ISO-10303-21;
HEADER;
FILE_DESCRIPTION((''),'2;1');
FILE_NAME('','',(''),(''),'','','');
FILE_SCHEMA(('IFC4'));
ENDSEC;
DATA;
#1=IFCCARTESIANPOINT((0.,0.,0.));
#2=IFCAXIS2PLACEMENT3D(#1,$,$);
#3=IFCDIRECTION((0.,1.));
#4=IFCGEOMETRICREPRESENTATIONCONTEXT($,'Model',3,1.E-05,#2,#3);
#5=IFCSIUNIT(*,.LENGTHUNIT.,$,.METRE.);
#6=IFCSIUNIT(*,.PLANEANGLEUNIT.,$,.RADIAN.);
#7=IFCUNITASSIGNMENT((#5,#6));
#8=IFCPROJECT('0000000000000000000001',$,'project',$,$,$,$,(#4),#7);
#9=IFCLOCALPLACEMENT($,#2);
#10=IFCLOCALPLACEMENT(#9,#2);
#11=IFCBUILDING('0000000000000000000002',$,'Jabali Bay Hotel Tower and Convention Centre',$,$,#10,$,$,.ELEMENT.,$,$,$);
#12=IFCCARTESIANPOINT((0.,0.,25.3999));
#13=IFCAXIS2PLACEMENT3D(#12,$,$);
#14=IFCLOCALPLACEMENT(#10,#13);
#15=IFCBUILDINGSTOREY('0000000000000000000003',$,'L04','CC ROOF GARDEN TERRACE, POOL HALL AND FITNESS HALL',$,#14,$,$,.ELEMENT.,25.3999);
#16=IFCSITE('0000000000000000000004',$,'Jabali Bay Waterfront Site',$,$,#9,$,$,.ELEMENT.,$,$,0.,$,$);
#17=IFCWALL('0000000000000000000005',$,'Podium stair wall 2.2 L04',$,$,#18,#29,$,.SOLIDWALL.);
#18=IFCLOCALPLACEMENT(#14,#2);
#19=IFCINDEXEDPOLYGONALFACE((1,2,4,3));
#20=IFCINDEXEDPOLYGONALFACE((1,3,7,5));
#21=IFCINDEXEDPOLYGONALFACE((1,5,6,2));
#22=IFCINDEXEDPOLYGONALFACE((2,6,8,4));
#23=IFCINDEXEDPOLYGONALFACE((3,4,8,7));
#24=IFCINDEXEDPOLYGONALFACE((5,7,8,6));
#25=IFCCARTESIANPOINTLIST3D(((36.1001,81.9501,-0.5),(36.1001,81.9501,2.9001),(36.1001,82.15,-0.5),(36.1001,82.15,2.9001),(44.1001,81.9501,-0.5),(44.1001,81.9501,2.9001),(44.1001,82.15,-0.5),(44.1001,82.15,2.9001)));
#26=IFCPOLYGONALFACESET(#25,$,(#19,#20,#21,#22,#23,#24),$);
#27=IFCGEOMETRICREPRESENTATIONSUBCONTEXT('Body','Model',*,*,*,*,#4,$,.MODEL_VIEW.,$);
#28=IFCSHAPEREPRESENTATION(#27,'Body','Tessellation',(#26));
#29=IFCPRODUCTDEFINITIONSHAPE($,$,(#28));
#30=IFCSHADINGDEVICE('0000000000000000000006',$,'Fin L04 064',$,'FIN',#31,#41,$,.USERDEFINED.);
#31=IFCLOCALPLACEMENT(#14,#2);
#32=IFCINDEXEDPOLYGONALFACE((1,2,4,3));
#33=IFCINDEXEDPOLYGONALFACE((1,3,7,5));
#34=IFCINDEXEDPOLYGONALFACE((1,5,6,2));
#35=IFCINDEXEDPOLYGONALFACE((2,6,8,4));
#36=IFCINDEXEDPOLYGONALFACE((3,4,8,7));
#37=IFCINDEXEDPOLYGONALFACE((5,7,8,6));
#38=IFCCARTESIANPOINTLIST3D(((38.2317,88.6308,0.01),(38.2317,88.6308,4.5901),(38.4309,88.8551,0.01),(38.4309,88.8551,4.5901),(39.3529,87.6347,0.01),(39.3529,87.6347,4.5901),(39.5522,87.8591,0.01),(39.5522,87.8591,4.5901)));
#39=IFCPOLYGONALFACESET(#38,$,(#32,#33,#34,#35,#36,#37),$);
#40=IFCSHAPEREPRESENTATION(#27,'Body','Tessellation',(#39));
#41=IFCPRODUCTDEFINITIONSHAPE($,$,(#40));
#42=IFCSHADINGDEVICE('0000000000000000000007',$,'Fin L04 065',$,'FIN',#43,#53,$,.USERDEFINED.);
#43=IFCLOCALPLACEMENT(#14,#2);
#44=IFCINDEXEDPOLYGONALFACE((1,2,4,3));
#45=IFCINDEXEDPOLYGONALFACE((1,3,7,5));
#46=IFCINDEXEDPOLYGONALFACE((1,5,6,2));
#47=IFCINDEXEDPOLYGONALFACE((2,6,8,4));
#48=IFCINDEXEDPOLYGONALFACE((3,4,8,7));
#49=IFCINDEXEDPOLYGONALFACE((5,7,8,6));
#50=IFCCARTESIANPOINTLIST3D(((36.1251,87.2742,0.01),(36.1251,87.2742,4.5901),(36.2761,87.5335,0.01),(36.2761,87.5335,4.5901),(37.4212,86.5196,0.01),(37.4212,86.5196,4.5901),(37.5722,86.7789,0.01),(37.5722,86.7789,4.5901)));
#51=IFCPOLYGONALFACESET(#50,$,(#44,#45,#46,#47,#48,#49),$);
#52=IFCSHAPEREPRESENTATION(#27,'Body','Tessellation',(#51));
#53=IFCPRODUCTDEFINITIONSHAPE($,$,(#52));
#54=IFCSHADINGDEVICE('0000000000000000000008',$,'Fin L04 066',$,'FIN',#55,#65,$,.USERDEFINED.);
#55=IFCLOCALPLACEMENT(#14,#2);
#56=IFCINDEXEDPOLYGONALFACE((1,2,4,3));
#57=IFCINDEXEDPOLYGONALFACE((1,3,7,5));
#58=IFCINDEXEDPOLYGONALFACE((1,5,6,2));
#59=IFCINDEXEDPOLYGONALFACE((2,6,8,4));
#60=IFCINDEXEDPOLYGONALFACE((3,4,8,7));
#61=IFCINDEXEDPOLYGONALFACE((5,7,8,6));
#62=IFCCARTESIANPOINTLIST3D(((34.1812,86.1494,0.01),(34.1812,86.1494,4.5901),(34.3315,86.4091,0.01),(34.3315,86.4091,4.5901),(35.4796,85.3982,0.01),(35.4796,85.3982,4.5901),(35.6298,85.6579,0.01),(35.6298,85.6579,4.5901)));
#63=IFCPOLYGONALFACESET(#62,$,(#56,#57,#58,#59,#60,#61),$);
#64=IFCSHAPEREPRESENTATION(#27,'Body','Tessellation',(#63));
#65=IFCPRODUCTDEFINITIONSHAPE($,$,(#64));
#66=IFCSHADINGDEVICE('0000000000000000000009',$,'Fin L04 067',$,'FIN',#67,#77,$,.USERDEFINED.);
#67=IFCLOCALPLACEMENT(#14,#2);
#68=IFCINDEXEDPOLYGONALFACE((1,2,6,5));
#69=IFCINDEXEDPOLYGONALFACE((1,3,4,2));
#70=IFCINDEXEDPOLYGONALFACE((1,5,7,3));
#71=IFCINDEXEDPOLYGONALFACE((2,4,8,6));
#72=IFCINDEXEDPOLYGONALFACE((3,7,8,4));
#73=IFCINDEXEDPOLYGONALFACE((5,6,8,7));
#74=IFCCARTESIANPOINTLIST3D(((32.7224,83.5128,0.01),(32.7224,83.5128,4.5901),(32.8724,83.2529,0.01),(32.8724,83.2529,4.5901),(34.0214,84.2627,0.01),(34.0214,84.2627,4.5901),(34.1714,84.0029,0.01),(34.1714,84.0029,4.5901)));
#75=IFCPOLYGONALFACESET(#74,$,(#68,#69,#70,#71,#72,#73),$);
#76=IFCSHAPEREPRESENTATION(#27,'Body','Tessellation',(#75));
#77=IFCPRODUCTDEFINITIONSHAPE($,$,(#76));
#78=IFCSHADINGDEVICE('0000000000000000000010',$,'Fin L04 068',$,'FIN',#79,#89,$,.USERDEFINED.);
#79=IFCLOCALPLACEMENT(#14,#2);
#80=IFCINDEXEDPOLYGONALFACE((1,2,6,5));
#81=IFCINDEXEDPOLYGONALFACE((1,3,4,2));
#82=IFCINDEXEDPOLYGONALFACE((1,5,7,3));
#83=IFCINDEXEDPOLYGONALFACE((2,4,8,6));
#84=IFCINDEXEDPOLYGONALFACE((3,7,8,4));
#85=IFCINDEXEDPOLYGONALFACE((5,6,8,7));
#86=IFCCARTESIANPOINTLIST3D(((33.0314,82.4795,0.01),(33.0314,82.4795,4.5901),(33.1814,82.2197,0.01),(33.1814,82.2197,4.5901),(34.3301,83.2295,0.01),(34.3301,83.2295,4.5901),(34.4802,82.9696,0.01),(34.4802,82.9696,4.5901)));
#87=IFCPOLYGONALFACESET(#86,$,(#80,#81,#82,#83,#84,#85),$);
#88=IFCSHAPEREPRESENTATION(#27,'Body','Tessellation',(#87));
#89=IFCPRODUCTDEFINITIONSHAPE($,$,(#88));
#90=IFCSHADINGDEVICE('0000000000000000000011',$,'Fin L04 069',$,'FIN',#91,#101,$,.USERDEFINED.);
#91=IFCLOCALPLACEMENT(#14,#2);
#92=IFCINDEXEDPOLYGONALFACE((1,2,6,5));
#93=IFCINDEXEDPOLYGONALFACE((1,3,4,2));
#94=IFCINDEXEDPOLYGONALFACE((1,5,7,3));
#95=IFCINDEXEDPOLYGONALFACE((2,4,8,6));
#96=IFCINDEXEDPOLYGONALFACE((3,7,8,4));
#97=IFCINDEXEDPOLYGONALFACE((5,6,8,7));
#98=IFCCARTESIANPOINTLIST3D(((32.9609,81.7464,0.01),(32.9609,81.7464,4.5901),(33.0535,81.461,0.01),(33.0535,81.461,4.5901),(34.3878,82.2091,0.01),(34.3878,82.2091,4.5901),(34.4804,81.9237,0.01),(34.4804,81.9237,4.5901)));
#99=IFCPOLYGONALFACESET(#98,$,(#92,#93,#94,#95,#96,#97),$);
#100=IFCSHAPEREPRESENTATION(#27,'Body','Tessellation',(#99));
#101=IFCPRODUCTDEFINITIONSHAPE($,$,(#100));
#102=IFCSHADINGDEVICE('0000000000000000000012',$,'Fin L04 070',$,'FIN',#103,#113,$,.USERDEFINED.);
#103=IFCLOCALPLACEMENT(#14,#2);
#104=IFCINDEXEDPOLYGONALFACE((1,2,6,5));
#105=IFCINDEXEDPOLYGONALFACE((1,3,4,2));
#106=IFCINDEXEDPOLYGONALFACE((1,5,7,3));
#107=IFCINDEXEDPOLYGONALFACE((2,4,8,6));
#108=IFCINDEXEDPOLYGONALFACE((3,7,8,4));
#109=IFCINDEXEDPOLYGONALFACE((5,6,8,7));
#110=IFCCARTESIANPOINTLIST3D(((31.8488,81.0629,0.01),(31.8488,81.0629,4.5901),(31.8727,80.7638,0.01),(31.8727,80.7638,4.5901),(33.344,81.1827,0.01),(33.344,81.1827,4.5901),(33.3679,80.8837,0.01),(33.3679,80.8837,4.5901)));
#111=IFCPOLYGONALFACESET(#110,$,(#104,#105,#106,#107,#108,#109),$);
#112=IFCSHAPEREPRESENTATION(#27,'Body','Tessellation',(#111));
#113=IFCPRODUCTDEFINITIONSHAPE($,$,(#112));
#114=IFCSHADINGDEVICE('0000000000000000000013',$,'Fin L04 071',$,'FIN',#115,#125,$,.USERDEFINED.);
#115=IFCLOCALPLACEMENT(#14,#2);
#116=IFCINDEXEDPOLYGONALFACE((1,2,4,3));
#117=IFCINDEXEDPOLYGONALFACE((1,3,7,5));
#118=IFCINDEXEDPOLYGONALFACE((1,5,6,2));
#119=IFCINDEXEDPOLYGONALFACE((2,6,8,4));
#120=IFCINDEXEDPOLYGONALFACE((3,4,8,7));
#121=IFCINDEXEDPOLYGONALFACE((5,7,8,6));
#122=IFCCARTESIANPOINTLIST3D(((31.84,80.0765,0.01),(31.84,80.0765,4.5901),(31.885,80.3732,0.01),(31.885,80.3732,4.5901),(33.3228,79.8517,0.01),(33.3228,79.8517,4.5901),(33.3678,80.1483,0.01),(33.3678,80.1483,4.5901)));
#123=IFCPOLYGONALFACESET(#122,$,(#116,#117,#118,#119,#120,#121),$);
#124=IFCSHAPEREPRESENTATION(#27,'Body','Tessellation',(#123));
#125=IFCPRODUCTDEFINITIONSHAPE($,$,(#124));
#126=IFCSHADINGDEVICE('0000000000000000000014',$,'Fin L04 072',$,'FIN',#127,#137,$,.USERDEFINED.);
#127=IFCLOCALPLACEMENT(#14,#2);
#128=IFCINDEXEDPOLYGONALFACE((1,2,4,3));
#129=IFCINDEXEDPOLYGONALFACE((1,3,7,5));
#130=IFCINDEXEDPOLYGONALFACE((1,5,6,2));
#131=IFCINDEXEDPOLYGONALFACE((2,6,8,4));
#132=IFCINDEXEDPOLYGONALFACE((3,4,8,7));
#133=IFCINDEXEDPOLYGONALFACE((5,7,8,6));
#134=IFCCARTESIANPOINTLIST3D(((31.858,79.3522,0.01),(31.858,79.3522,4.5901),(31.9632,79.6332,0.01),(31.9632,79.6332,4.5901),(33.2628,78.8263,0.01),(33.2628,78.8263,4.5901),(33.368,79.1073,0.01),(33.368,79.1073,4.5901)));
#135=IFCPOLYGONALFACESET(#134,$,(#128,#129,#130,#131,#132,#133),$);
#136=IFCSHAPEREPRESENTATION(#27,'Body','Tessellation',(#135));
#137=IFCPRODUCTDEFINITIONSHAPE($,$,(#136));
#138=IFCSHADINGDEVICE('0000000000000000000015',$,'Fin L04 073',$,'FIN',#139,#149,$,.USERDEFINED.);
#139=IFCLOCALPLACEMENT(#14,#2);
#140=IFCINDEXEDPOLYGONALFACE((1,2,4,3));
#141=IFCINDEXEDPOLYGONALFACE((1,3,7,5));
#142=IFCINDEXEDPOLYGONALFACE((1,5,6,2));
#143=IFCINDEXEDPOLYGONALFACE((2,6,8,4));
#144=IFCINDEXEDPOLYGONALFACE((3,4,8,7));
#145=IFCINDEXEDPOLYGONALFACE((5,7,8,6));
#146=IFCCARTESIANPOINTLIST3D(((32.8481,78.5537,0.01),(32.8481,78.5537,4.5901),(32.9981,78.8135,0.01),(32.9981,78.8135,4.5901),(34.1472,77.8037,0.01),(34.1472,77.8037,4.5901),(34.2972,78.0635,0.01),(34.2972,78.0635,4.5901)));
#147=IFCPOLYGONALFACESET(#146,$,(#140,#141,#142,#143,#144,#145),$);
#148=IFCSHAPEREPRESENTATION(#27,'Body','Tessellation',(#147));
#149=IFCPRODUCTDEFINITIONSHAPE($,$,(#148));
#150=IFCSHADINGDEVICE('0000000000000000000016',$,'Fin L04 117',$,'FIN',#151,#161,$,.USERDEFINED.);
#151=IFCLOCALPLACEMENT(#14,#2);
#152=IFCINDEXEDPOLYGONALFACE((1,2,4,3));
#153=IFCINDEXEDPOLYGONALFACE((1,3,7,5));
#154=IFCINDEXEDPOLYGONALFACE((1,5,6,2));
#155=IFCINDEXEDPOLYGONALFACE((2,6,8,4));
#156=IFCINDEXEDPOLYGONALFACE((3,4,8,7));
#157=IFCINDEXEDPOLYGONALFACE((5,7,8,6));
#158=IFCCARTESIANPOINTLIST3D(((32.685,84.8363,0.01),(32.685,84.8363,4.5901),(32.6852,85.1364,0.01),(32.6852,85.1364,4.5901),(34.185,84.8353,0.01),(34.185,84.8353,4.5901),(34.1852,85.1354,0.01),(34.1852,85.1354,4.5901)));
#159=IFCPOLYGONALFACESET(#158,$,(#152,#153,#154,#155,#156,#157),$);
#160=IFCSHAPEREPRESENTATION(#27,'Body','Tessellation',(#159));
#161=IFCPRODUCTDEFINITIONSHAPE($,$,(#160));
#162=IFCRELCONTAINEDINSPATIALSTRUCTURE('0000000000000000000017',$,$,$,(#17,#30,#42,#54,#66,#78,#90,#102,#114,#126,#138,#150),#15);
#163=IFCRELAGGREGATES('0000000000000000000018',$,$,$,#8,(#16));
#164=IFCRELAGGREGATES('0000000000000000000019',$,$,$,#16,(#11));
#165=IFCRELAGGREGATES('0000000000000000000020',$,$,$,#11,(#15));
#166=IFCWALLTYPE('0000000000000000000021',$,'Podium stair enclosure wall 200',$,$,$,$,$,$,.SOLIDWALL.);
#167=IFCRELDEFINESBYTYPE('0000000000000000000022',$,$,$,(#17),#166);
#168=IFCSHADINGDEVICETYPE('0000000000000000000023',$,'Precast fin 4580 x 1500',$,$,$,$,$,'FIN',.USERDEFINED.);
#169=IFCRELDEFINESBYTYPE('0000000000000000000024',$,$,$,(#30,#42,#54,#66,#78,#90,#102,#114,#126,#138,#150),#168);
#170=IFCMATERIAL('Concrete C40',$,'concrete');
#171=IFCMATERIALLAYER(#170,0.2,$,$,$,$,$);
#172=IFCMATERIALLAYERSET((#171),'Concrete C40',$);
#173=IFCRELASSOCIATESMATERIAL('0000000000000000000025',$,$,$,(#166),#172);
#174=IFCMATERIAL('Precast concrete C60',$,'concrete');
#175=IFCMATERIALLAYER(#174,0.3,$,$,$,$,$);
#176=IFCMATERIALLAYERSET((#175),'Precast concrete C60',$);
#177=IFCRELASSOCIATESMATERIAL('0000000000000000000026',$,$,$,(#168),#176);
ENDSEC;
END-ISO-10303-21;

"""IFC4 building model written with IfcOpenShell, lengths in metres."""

from ifc_helpers import new_model, si_unit, direction, frame, frame_2d, origin, place, context, subcontext, project, spatial, rectangle, extrude, material, layer, layer_set, type_object, element, save


model = new_model("IFC4")

# Units and contexts
model_context = context("Model", 3, precision=1e-05, world=origin(), true_north=direction((0.0, 1.0)))
body_context = subcontext(model_context, "Body", "Model", "MODEL_VIEW")
ifc_project = project(units=[si_unit("LENGTHUNIT", "METRE"), si_unit("PLANEANGLEUNIT", "RADIAN")], contexts=[model_context])

# Site, building, storey
site_placement = place(None, origin())
site = spatial("IfcSite", under=ifc_project, at=site_placement, Name="Jabali Bay Waterfront Site", CompositionType="ELEMENT", RefElevation=0.0)
building_placement = place(site_placement, origin())
building = spatial("IfcBuilding", under=site, at=building_placement, Name="Jabali Bay Hotel Tower and Convention Centre", CompositionType="ELEMENT")
storey_placement = place(building_placement, frame((0.0, 0.0, 25.3999)))
storey = spatial("IfcBuildingStorey", under=building, at=storey_placement, Name="L04", Description="CC ROOF GARDEN TERRACE, POOL HALL AND FITNESS HALL", CompositionType="ELEMENT", Elevation=25.3999)

# Shared definitions
ifc_material_1 = material(Name="Concrete C40", Category="concrete")

# Shared definitions
ifc_layer_1 = layer(ifc_material_1, 0.2)
ifc_layer_set_1 = layer_set([ifc_layer_1], Name="Concrete C40")
wall_type_1 = type_object("IfcWallType", Name="Podium stair enclosure wall 200", PredefinedType="SOLIDWALL", material=ifc_layer_set_1)

# Wall
wall_1_placement = place(storey_placement, frame((36.1001, 82.05, -0.5), z_axis=(0.0, 0.0, 1.0), x_axis=(1.0, 0.0, 0.0)))
element("IfcWall", 1, at=wall_1_placement, inside=storey, type_object=wall_type_1, Name="Podium stair wall 2.2 L04", PredefinedType="SOLIDWALL", context=body_context, shape_type="SweptSolid", body=[
    extrude(rectangle(XDim=8.0, YDim=0.2, at=frame_2d((4.0, 0.0))), origin(), (0.0, 0.0, 1.0), 3.4001),
])

# Shading devices
ifc_material_2 = material(Name="Precast concrete C60", Category="concrete")
ifc_layer_2 = layer(ifc_material_2, 0.3)
ifc_layer_set_2 = layer_set([ifc_layer_2], Name="Precast concrete C60")
shading_device_type = type_object("IfcShadingDeviceType", Name="Precast fin 4580 x 1500", ElementType="FIN", PredefinedType="USERDEFINED", material=ifc_layer_set_2)
for number, where, z_axis, x_axis, name in (
    (2, (39.4526, 87.7468, 0.01), (0.0, 0.0, 1.0), (-0.747625, 0.664121, 0.0), "Fin L04 064"),
    (3, (37.4968, 86.6492, 0.01), (0.0, 0.0, 1.0), (-0.864198, 0.503152, 0.0), "Fin L04 065"),
):
    element("IfcShadingDevice", number, at=place(storey_placement, frame(where, z_axis=z_axis, x_axis=x_axis)), inside=storey, type_object=shading_device_type, Name=name, ObjectType="FIN", PredefinedType="USERDEFINED", context=body_context, shape_type="SweptSolid", body=[
        extrude(rectangle(XDim=1.4998, YDim=0.3, at=frame_2d((0.75, 0.0))), origin(), (0.0, 0.0, 1.0), 4.5801),
    ])
for number, where, z_axis, x_axis, name in (
    (4, (35.5547, 85.5281, 0.01), (0.0, 0.0, 1.0), (-0.865556, 0.500812, 0.0), "Fin L04 066"),
    (5, (34.0964, 84.1328, 0.01), (0.0, 0.0, 1.0), (-0.866031, -0.49999, 0.0), "Fin L04 067"),
):
    element("IfcShadingDevice", number, at=place(storey_placement, frame(where, z_axis=z_axis, x_axis=x_axis)), inside=storey, type_object=shading_device_type, Name=name, ObjectType="FIN", PredefinedType="USERDEFINED", context=body_context, shape_type="SweptSolid", body=[
        extrude(rectangle(XDim=1.5, YDim=0.3, at=frame_2d((0.75, 0.0))), origin(), (0.0, 0.0, 1.0), 4.5801),
    ])
shading_device_1_placement = place(storey_placement, frame((34.4053, 83.0996, 0.01), z_axis=(0.0, 0.0, 1.0), x_axis=(-0.86599, -0.500061, 0.0)))
element("IfcShadingDevice", 6, at=shading_device_1_placement, inside=storey, type_object=shading_device_type, Name="Fin L04 068", ObjectType="FIN", PredefinedType="USERDEFINED", context=body_context, shape_type="SweptSolid", body=[
    extrude(rectangle(XDim=1.4998, YDim=0.3, at=frame_2d((0.75, 0.0))), origin(), (0.0, 0.0, 1.0), 4.5801),
])
for number, where, z_axis, x_axis, name in (
    (7, (34.4341, 82.0664, 0.01), (0.0, 0.0, 1.0), (-0.95124, -0.308453, 0.0), "Fin L04 069"),
    (8, (33.356, 81.0332, 0.01), (0.0, 0.0, 1.0), (-0.996801, -0.07992, 0.0), "Fin L04 070"),
):
    element("IfcShadingDevice", number, at=place(storey_placement, frame(where, z_axis=z_axis, x_axis=x_axis)), inside=storey, type_object=shading_device_type, Name=name, ObjectType="FIN", PredefinedType="USERDEFINED", context=body_context, shape_type="SweptSolid", body=[
        extrude(rectangle(XDim=1.5, YDim=0.3, at=frame_2d((0.75, 0.0))), origin(), (0.0, 0.0, 1.0), 4.5801),
    ])
shading_device_2_placement = place(storey_placement, frame((33.3455, 80.0, 0.01), z_axis=(0.0, 0.0, 1.0), x_axis=(-0.988699, 0.149916, 0.0)))
element("IfcShadingDevice", 9, at=shading_device_2_placement, inside=storey, type_object=shading_device_type, Name="Fin L04 071", ObjectType="FIN", PredefinedType="USERDEFINED", context=body_context, shape_type="SweptSolid", body=[
    extrude(rectangle(XDim=1.4998, YDim=0.3, at=frame_2d((0.75, 0.0))), origin(), (0.0, 0.0, 1.0), 4.5801),
])
for number, where, z_axis, x_axis, name in (
    (10, (33.3154, 78.9668, 0.01), (0.0, 0.0, 1.0), (-0.93653, 0.350588, 0.0), "Fin L04 072"),
    (11, (34.2222, 77.9336, 0.01), (0.0, 0.0, 1.0), (-0.866031, 0.49999, 0.0), "Fin L04 073"),
    (12, (34.1851, 84.9854, 0.01), (0.0, 0.0, 1.0), (-1.0, 0.000651, 0.0), "Fin L04 117"),
):
    element("IfcShadingDevice", number, at=place(storey_placement, frame(where, z_axis=z_axis, x_axis=x_axis)), inside=storey, type_object=shading_device_type, Name=name, ObjectType="FIN", PredefinedType="USERDEFINED", context=body_context, shape_type="SweptSolid", body=[
        extrude(rectangle(XDim=1.5, YDim=0.3, at=frame_2d((0.75, 0.0))), origin(), (0.0, 0.0, 1.0), 4.5801),
    ])

save(model, "model.ifc")
